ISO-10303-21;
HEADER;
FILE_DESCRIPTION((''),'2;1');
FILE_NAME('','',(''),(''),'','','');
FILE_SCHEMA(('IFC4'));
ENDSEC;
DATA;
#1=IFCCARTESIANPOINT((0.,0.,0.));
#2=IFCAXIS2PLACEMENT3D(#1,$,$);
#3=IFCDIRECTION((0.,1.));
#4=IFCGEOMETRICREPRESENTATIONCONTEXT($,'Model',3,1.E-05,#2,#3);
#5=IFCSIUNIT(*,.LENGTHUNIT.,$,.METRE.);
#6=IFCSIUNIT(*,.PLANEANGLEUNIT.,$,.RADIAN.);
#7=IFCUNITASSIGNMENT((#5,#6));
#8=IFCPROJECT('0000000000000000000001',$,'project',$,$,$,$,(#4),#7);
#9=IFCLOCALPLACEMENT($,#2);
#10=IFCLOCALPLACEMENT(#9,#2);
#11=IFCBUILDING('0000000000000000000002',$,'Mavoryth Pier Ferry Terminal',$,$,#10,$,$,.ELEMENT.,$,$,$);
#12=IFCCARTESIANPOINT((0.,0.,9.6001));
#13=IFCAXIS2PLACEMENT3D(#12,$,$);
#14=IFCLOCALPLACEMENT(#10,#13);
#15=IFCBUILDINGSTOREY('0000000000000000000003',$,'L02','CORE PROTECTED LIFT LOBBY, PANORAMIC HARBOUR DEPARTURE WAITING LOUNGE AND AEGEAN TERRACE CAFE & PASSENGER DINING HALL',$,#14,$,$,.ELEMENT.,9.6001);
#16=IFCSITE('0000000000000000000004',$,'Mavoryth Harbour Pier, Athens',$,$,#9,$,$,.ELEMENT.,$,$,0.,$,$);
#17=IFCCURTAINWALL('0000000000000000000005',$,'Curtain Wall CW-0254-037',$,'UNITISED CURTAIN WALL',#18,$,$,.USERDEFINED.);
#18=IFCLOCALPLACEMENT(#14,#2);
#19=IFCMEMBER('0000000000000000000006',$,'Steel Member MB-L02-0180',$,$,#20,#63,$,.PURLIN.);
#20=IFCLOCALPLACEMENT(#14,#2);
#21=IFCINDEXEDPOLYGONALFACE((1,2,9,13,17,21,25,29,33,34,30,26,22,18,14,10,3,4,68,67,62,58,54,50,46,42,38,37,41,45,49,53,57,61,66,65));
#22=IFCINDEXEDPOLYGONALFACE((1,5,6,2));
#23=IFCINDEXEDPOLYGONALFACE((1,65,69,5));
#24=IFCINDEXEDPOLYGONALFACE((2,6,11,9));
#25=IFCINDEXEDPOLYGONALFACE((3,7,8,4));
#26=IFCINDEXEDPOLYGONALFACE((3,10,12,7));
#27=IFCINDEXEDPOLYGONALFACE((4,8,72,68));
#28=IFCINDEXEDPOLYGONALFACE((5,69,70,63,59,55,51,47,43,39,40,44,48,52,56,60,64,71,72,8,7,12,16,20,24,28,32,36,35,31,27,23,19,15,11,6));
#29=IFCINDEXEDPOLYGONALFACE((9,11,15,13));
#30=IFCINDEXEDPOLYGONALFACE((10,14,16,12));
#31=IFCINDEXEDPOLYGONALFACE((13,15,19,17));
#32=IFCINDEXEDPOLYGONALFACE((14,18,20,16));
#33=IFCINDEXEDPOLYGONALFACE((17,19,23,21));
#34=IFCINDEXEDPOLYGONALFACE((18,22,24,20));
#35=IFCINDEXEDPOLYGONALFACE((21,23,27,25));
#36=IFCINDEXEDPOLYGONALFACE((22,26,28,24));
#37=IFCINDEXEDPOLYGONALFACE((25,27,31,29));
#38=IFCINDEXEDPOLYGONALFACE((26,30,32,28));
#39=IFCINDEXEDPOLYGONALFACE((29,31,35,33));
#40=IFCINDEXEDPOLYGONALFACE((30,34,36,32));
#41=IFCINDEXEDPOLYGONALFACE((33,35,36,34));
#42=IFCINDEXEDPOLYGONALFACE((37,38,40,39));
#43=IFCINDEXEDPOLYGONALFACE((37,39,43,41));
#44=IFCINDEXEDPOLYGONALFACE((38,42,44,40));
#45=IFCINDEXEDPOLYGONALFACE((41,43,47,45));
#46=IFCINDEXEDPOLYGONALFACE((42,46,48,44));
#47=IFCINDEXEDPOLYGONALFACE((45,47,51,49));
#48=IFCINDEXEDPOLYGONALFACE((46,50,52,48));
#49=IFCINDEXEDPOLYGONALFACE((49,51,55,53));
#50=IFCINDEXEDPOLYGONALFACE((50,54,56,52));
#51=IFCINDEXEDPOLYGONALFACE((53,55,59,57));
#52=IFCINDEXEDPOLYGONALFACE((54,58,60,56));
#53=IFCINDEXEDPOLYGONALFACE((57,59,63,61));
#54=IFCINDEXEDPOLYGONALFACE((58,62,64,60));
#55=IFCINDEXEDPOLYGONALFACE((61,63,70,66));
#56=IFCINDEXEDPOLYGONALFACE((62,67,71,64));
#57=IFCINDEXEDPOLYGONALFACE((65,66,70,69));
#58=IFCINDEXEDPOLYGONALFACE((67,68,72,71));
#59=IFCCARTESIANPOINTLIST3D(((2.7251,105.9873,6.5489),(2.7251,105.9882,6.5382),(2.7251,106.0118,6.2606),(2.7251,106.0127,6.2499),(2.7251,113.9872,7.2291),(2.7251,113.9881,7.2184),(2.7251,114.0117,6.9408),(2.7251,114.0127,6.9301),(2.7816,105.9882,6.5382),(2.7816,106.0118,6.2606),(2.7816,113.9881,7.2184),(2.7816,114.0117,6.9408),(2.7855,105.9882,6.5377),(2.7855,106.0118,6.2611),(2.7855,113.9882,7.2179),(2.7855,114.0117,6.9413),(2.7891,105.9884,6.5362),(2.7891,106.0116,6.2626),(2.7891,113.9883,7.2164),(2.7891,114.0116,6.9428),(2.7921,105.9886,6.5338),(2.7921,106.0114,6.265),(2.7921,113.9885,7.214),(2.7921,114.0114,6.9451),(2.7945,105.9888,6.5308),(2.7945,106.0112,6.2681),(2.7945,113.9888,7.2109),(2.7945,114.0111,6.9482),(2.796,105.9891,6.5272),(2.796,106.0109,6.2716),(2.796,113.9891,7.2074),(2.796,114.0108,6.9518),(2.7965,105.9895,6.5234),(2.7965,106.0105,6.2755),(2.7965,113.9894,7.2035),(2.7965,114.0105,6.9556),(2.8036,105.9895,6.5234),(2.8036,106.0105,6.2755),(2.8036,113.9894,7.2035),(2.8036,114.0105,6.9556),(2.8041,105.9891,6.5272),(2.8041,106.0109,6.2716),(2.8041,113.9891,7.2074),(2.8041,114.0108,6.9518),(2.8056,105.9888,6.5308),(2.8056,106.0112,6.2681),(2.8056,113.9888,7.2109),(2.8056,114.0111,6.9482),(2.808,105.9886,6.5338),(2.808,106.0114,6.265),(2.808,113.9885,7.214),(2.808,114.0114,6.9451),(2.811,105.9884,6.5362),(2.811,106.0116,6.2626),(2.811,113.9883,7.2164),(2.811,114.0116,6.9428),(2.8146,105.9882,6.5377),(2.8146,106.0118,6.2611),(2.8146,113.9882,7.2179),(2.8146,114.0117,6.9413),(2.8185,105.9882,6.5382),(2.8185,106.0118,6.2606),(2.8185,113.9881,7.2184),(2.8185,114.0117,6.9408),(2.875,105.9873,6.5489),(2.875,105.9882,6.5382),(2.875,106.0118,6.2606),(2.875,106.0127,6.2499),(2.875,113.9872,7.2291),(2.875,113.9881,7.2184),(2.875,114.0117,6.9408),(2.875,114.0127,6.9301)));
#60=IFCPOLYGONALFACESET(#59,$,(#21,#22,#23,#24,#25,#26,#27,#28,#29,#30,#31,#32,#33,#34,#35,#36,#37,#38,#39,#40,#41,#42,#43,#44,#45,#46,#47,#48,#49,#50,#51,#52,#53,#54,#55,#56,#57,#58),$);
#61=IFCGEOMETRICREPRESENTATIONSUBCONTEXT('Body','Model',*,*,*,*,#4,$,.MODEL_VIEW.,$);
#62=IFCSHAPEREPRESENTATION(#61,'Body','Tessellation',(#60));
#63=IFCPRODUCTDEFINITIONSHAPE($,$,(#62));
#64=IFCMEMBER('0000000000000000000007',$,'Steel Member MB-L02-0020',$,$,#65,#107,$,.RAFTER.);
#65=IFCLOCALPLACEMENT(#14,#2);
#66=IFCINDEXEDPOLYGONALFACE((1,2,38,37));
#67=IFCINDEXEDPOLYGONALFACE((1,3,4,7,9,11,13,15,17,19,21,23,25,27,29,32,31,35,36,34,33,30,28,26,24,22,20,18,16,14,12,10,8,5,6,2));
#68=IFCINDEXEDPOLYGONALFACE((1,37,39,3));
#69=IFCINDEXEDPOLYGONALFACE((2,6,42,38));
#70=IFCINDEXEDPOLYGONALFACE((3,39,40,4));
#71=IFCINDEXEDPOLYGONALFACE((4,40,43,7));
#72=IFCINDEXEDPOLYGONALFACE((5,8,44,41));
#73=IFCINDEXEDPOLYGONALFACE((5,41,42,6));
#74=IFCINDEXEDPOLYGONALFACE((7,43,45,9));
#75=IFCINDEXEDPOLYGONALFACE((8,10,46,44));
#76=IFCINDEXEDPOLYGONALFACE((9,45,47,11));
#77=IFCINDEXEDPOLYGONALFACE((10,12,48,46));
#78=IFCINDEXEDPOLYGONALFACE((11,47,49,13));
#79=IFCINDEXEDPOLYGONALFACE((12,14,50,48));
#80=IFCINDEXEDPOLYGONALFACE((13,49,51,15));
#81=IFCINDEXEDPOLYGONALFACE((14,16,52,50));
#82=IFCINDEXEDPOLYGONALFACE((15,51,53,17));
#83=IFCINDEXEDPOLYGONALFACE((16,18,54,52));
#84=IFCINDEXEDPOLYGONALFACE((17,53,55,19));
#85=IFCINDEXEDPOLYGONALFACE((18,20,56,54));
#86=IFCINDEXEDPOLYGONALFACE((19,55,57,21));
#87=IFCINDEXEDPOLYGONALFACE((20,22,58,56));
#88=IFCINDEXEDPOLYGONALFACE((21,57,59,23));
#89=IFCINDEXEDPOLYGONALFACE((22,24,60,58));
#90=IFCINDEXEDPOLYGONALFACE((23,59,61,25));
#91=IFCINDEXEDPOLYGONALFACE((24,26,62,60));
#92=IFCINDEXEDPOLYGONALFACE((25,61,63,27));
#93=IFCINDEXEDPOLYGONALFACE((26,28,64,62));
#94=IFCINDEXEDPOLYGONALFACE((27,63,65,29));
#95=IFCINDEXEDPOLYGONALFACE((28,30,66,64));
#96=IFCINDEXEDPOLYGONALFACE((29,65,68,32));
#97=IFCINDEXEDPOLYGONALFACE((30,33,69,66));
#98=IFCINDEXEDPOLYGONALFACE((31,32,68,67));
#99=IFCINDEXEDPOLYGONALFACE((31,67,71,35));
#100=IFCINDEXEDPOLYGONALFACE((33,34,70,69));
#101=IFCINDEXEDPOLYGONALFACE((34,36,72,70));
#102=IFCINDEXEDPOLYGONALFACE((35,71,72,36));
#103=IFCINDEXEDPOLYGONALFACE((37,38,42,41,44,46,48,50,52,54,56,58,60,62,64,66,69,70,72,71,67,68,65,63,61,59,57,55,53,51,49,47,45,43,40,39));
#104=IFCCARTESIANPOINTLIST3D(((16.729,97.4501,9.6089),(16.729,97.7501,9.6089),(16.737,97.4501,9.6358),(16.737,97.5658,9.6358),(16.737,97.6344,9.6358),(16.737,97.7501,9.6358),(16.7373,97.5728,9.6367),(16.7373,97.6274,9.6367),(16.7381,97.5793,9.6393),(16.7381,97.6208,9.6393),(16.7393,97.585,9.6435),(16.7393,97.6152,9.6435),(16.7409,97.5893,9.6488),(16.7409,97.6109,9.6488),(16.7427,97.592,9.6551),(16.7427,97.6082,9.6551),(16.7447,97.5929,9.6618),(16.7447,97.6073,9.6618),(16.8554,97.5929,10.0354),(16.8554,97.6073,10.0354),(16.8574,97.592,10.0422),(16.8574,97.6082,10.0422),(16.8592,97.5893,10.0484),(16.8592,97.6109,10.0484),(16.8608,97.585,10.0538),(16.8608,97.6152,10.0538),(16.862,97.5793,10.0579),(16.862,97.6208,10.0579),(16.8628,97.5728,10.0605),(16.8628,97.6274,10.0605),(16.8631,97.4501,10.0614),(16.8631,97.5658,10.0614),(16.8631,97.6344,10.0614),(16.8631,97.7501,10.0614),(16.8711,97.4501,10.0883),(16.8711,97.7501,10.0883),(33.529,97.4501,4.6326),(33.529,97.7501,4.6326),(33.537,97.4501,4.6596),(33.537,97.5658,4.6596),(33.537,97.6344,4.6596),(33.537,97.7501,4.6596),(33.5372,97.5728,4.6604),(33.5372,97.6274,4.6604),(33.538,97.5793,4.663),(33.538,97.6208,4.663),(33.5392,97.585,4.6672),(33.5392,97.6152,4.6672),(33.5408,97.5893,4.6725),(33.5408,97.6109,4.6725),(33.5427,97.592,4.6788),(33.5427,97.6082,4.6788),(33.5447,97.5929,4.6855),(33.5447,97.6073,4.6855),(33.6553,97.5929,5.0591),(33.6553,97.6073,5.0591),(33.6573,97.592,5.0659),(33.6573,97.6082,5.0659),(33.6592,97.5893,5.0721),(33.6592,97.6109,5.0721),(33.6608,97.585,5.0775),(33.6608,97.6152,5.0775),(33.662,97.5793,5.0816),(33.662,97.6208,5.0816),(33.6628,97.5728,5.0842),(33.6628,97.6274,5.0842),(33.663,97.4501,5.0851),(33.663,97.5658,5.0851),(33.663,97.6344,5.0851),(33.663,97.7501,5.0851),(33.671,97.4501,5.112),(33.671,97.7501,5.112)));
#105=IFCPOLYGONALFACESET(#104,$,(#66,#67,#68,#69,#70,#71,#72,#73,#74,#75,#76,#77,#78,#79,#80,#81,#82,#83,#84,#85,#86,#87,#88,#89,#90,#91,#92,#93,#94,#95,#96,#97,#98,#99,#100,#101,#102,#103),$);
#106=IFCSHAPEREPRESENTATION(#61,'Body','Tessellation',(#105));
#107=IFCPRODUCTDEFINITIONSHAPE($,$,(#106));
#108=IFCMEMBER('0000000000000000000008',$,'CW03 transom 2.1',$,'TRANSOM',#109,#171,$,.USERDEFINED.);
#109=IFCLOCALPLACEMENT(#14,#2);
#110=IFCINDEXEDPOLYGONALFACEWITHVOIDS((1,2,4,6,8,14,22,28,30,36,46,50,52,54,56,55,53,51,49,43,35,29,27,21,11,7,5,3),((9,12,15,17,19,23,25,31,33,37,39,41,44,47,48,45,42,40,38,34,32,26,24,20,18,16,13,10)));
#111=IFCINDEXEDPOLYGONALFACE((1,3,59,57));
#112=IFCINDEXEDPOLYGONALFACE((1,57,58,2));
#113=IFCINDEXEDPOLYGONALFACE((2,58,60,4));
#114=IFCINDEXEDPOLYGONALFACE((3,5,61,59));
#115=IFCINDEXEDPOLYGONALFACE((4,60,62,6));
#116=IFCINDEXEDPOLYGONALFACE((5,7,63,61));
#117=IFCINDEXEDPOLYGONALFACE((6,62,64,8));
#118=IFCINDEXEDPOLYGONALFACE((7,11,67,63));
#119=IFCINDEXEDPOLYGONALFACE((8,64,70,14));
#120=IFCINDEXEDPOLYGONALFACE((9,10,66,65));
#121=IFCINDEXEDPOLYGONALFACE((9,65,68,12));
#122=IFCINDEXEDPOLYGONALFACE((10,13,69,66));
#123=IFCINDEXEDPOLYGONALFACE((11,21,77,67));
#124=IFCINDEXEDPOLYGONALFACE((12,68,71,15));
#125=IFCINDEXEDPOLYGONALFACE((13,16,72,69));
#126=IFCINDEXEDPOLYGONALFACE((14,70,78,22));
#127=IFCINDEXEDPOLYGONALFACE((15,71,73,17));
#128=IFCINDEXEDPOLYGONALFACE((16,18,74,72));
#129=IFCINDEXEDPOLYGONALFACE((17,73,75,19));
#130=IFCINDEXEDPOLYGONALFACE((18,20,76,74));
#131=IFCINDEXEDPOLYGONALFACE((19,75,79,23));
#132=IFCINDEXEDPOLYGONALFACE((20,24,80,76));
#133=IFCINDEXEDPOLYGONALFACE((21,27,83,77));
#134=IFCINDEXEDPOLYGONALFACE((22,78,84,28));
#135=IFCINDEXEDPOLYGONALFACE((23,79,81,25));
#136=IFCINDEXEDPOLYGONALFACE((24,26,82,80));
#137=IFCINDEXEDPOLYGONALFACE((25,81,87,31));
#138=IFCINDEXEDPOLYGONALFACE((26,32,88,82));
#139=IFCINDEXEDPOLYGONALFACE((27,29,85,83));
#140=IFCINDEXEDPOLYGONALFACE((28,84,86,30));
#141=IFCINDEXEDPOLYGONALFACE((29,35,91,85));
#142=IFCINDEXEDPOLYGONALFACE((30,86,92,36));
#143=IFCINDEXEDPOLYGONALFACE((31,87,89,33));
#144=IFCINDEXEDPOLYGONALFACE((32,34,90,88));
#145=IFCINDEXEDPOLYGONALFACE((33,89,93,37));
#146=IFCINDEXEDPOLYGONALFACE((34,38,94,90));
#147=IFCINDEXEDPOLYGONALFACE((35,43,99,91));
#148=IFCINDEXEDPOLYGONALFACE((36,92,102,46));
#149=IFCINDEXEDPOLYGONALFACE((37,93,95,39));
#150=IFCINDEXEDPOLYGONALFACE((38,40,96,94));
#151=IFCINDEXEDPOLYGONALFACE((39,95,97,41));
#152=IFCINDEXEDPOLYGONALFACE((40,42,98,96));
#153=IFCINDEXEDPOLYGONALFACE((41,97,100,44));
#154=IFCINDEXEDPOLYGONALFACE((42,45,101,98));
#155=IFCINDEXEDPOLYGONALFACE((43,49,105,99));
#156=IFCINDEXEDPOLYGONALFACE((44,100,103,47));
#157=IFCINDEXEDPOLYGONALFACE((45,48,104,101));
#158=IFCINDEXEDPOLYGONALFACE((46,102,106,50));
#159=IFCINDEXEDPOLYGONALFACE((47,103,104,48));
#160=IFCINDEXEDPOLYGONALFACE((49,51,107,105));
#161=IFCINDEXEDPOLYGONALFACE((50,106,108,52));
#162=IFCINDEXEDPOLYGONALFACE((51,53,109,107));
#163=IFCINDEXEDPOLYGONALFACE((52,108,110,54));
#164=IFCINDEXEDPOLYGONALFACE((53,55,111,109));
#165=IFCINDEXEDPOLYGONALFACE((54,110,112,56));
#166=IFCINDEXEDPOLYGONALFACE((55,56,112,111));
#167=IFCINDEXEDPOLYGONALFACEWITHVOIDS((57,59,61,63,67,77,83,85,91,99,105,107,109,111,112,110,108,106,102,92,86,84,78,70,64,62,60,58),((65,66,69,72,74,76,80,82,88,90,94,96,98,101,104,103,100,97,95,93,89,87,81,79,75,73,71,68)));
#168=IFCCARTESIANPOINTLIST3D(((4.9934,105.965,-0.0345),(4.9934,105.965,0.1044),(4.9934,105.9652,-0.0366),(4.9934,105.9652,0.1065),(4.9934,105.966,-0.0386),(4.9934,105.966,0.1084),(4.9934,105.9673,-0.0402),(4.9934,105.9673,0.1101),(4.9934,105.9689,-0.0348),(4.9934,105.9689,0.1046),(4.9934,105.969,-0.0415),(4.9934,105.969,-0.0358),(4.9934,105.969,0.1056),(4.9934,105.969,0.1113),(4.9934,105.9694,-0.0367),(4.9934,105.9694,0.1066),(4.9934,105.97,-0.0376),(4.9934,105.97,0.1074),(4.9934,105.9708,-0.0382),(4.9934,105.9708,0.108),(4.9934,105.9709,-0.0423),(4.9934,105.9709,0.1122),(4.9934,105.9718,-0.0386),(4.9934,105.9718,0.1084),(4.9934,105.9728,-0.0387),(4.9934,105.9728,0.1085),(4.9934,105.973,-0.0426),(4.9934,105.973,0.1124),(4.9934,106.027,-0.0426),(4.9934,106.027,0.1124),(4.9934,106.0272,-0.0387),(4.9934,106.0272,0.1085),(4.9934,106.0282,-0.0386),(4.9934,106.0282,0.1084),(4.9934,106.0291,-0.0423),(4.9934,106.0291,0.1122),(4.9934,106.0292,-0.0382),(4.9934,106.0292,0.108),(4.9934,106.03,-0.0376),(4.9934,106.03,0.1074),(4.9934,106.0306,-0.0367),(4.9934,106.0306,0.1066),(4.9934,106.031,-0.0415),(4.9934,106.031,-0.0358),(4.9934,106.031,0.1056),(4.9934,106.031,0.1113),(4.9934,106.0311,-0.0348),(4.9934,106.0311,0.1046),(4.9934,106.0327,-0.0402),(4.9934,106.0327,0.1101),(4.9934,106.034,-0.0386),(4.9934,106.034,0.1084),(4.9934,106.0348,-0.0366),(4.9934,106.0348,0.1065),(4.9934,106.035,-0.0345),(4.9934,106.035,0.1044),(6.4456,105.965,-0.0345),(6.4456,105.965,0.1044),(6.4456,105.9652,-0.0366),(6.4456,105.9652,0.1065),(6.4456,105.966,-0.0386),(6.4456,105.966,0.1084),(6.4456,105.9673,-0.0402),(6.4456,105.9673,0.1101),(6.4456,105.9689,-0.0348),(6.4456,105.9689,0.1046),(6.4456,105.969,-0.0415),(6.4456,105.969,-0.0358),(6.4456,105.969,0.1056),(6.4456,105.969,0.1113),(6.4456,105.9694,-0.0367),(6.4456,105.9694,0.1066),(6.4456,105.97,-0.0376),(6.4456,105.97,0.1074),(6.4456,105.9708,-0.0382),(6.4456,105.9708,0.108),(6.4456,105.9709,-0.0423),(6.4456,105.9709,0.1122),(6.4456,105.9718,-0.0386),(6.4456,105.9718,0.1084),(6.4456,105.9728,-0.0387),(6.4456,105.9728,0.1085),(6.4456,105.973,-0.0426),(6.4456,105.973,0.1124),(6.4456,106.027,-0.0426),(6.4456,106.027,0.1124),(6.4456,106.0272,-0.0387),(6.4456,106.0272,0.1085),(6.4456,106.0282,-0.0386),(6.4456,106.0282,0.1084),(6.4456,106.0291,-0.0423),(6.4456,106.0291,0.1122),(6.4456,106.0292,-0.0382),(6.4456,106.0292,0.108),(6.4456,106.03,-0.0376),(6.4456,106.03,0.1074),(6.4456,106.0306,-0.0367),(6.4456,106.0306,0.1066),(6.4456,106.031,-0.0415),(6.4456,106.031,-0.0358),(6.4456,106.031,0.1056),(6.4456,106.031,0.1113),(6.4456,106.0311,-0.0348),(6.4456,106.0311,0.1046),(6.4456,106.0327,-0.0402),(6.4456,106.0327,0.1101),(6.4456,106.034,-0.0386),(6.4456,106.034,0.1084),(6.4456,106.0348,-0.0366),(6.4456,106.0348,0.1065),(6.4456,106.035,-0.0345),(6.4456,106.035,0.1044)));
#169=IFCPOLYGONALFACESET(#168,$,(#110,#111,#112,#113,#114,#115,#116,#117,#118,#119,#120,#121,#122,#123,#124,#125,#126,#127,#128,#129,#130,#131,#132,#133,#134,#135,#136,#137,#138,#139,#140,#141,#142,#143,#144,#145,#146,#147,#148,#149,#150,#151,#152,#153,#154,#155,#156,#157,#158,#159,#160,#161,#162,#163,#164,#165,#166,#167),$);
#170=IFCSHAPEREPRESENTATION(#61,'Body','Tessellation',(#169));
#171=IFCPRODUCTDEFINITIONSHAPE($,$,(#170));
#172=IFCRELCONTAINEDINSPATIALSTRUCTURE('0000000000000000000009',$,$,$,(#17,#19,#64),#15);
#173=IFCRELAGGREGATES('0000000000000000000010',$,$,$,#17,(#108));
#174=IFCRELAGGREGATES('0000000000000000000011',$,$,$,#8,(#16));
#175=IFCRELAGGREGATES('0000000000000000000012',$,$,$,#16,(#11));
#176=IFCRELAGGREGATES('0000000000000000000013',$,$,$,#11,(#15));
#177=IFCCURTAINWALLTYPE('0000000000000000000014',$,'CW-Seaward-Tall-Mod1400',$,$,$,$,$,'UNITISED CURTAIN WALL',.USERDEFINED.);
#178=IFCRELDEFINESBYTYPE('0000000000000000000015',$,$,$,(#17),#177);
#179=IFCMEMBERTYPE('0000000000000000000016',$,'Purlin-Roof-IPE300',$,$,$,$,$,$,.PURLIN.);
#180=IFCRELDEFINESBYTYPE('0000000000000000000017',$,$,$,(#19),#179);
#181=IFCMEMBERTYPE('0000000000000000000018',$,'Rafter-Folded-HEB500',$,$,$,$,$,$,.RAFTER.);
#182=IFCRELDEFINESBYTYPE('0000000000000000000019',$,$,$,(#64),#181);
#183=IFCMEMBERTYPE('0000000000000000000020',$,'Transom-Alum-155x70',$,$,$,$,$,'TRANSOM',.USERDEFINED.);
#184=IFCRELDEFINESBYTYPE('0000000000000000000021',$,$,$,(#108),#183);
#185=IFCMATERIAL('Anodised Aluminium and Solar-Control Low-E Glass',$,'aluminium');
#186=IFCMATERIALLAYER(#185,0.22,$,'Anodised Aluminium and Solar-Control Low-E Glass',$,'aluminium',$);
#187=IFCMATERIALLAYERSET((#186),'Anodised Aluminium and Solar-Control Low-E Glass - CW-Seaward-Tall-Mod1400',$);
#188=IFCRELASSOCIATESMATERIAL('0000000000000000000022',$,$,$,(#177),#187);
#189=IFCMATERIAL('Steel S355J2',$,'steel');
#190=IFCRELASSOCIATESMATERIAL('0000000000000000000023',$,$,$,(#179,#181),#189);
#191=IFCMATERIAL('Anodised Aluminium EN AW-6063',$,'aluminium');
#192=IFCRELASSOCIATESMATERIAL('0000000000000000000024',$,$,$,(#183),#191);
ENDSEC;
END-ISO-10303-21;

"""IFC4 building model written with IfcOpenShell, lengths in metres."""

from ifc_helpers import new_model, si_unit, direction, frame, origin, origin_2d, place, context, subcontext, project, spatial, hollow_rectangle, i_section, extrude, material, layer, layer_set, material_profile, profile_set, type_object, element, aggregate, save


model = new_model("IFC4")

# Units and contexts
model_context = context("Model", 3, precision=1e-05, world=origin(), true_north=direction((0.0, 1.0)))
body_context = subcontext(model_context, "Body", "Model", "MODEL_VIEW")
ifc_project = project(units=[si_unit("LENGTHUNIT", "METRE"), si_unit("PLANEANGLEUNIT", "RADIAN")], contexts=[model_context])

# Site, building, storey
site_placement = place(None, origin())
site = spatial("IfcSite", under=ifc_project, at=site_placement, Name="Mavoryth Harbour Pier, Athens", CompositionType="ELEMENT", RefElevation=0.0)
building_placement = place(site_placement, origin())
building = spatial("IfcBuilding", under=site, at=building_placement, Name="Mavoryth Pier Ferry Terminal", CompositionType="ELEMENT")
storey_placement = place(building_placement, frame((0.0, 0.0, 9.6001)))
storey = spatial("IfcBuildingStorey", under=building, at=storey_placement, Name="L02", Description="CORE PROTECTED LIFT LOBBY, PANORAMIC HARBOUR DEPARTURE WAITING LOUNGE AND AEGEAN TERRACE CAFE & PASSENGER DINING HALL", CompositionType="ELEMENT", Elevation=9.6001)

# Shared definitions
ifc_material_1 = material(Name="Steel S355J2", Category="steel")

# Curtain wall
ifc_material_2 = material(Name="Anodised Aluminium and Solar-Control Low-E Glass", Category="aluminium")
ifc_layer_1 = layer(ifc_material_2, 0.22, Name="Anodised Aluminium and Solar-Control Low-E Glass", Category="aluminium")
ifc_layer_set_1 = layer_set([ifc_layer_1], Name="Anodised Aluminium and Solar-Control Low-E Glass - CW-Seaward-Tall-Mod1400")
curtain_wall_type = type_object("IfcCurtainWallType", Name="CW-Seaward-Tall-Mod1400", ElementType="UNITISED CURTAIN WALL", PredefinedType="USERDEFINED", material=ifc_layer_set_1)
curtain_wall_placement = place(storey_placement, origin())
curtain_wall = element("IfcCurtainWall", 1, at=curtain_wall_placement, inside=storey, type_object=curtain_wall_type, Name="Curtain Wall CW-0254-037", ObjectType="UNITISED CURTAIN WALL", PredefinedType="USERDEFINED")
ifc_material_3 = material(Name="Anodised Aluminium EN AW-6063", Category="aluminium")

# Members
ifc_material_profile_1 = material_profile(ifc_material_1, i_section(OverallWidth=0.1499, OverallDepth=0.3, WebThickness=0.0071, FlangeThickness=0.0107, FilletRadius=0.0149, at=origin_2d()), Name="IPE 300", Category="steel")
ifc_profile_set_1 = profile_set([ifc_material_profile_1], Name="Steel S355J2 - IPE 300")
member_type_1 = type_object("IfcMemberType", Name="Purlin-Roof-IPE300", PredefinedType="PURLIN", material=ifc_profile_set_1)
member_1_placement = place(storey_placement, frame((2.8, 106.0, 6.3994), z_axis=(0.0, 0.996405, 0.084716), x_axis=(-1.0, 0.0, 0.0)))
element("IfcMember", 2, at=member_1_placement, inside=storey, type_object=member_type_1, Name="Steel Member MB-L02-0180", PredefinedType="PURLIN", context=body_context, shape_type="SweptSolid", body=[
    extrude(i_section(OverallWidth=0.1499, OverallDepth=0.3, WebThickness=0.0071, FlangeThickness=0.0107, FilletRadius=0.0149, at=origin_2d()), origin(), (0.0, 0.0, 1.0), 8.0288),
])
ifc_material_profile_2 = material_profile(ifc_material_1, i_section(OverallWidth=0.3, OverallDepth=0.5, WebThickness=0.0144, FlangeThickness=0.0281, FilletRadius=0.0271, at=origin_2d()), Name="HEB 500", Category="steel")
ifc_profile_set_2 = profile_set([ifc_material_profile_2], Name="Steel S355J2 - HEB 500")
member_type_2 = type_object("IfcMemberType", Name="Rafter-Folded-HEB500", PredefinedType="RAFTER", material=ifc_profile_set_2)
member_2_placement = place(storey_placement, frame((16.8, 97.6001, 9.8486), z_axis=(0.958821, 0.0, -0.284011), x_axis=(0.0, 1.0, 0.0)))
element("IfcMember", 3, at=member_2_placement, inside=storey, type_object=member_type_2, Name="Steel Member MB-L02-0020", PredefinedType="RAFTER", context=body_context, shape_type="SweptSolid", body=[
    extrude(i_section(OverallWidth=0.3, OverallDepth=0.5, WebThickness=0.0144, FlangeThickness=0.0281, FilletRadius=0.0271, at=origin_2d()), origin(), (0.0, 0.0, 1.0), 17.5215),
])

# Member
ifc_material_profile_3 = material_profile(ifc_material_3, hollow_rectangle(XDim=0.0701, YDim=0.155, WallThickness=0.0039, InnerFilletRadius=0.0039, OuterFilletRadius=0.0081, at=origin_2d()), Name="AL-TRAN 155x70x4", Category="aluminium")
ifc_profile_set_3 = profile_set([ifc_material_profile_3], Name="Anodised Aluminium EN AW-6063 - AL-TRAN 155x70x4")
member_type_3 = type_object("IfcMemberType", Name="Transom-Alum-155x70", ElementType="TRANSOM", PredefinedType="USERDEFINED", material=ifc_profile_set_3)
member_3_placement = place(storey_placement, frame((6.4456, 106.0, 0.0349), z_axis=(-1.0, 0.0, 0.0), x_axis=(0.0, -1.0, 0.0)))
member_3 = element("IfcMember", 4, at=member_3_placement, type_object=member_type_3, Name="CW03 transom 2.1", ObjectType="TRANSOM", PredefinedType="USERDEFINED", context=body_context, shape_type="SweptSolid", body=[
    extrude(hollow_rectangle(XDim=0.0701, YDim=0.155, WallThickness=0.0039, InnerFilletRadius=0.0039, OuterFilletRadius=0.0081, at=origin_2d()), origin(), (0.0, 0.0, 1.0), 1.4521),
])

aggregate(curtain_wall, [member_3])

save(model, "model.ifc")
